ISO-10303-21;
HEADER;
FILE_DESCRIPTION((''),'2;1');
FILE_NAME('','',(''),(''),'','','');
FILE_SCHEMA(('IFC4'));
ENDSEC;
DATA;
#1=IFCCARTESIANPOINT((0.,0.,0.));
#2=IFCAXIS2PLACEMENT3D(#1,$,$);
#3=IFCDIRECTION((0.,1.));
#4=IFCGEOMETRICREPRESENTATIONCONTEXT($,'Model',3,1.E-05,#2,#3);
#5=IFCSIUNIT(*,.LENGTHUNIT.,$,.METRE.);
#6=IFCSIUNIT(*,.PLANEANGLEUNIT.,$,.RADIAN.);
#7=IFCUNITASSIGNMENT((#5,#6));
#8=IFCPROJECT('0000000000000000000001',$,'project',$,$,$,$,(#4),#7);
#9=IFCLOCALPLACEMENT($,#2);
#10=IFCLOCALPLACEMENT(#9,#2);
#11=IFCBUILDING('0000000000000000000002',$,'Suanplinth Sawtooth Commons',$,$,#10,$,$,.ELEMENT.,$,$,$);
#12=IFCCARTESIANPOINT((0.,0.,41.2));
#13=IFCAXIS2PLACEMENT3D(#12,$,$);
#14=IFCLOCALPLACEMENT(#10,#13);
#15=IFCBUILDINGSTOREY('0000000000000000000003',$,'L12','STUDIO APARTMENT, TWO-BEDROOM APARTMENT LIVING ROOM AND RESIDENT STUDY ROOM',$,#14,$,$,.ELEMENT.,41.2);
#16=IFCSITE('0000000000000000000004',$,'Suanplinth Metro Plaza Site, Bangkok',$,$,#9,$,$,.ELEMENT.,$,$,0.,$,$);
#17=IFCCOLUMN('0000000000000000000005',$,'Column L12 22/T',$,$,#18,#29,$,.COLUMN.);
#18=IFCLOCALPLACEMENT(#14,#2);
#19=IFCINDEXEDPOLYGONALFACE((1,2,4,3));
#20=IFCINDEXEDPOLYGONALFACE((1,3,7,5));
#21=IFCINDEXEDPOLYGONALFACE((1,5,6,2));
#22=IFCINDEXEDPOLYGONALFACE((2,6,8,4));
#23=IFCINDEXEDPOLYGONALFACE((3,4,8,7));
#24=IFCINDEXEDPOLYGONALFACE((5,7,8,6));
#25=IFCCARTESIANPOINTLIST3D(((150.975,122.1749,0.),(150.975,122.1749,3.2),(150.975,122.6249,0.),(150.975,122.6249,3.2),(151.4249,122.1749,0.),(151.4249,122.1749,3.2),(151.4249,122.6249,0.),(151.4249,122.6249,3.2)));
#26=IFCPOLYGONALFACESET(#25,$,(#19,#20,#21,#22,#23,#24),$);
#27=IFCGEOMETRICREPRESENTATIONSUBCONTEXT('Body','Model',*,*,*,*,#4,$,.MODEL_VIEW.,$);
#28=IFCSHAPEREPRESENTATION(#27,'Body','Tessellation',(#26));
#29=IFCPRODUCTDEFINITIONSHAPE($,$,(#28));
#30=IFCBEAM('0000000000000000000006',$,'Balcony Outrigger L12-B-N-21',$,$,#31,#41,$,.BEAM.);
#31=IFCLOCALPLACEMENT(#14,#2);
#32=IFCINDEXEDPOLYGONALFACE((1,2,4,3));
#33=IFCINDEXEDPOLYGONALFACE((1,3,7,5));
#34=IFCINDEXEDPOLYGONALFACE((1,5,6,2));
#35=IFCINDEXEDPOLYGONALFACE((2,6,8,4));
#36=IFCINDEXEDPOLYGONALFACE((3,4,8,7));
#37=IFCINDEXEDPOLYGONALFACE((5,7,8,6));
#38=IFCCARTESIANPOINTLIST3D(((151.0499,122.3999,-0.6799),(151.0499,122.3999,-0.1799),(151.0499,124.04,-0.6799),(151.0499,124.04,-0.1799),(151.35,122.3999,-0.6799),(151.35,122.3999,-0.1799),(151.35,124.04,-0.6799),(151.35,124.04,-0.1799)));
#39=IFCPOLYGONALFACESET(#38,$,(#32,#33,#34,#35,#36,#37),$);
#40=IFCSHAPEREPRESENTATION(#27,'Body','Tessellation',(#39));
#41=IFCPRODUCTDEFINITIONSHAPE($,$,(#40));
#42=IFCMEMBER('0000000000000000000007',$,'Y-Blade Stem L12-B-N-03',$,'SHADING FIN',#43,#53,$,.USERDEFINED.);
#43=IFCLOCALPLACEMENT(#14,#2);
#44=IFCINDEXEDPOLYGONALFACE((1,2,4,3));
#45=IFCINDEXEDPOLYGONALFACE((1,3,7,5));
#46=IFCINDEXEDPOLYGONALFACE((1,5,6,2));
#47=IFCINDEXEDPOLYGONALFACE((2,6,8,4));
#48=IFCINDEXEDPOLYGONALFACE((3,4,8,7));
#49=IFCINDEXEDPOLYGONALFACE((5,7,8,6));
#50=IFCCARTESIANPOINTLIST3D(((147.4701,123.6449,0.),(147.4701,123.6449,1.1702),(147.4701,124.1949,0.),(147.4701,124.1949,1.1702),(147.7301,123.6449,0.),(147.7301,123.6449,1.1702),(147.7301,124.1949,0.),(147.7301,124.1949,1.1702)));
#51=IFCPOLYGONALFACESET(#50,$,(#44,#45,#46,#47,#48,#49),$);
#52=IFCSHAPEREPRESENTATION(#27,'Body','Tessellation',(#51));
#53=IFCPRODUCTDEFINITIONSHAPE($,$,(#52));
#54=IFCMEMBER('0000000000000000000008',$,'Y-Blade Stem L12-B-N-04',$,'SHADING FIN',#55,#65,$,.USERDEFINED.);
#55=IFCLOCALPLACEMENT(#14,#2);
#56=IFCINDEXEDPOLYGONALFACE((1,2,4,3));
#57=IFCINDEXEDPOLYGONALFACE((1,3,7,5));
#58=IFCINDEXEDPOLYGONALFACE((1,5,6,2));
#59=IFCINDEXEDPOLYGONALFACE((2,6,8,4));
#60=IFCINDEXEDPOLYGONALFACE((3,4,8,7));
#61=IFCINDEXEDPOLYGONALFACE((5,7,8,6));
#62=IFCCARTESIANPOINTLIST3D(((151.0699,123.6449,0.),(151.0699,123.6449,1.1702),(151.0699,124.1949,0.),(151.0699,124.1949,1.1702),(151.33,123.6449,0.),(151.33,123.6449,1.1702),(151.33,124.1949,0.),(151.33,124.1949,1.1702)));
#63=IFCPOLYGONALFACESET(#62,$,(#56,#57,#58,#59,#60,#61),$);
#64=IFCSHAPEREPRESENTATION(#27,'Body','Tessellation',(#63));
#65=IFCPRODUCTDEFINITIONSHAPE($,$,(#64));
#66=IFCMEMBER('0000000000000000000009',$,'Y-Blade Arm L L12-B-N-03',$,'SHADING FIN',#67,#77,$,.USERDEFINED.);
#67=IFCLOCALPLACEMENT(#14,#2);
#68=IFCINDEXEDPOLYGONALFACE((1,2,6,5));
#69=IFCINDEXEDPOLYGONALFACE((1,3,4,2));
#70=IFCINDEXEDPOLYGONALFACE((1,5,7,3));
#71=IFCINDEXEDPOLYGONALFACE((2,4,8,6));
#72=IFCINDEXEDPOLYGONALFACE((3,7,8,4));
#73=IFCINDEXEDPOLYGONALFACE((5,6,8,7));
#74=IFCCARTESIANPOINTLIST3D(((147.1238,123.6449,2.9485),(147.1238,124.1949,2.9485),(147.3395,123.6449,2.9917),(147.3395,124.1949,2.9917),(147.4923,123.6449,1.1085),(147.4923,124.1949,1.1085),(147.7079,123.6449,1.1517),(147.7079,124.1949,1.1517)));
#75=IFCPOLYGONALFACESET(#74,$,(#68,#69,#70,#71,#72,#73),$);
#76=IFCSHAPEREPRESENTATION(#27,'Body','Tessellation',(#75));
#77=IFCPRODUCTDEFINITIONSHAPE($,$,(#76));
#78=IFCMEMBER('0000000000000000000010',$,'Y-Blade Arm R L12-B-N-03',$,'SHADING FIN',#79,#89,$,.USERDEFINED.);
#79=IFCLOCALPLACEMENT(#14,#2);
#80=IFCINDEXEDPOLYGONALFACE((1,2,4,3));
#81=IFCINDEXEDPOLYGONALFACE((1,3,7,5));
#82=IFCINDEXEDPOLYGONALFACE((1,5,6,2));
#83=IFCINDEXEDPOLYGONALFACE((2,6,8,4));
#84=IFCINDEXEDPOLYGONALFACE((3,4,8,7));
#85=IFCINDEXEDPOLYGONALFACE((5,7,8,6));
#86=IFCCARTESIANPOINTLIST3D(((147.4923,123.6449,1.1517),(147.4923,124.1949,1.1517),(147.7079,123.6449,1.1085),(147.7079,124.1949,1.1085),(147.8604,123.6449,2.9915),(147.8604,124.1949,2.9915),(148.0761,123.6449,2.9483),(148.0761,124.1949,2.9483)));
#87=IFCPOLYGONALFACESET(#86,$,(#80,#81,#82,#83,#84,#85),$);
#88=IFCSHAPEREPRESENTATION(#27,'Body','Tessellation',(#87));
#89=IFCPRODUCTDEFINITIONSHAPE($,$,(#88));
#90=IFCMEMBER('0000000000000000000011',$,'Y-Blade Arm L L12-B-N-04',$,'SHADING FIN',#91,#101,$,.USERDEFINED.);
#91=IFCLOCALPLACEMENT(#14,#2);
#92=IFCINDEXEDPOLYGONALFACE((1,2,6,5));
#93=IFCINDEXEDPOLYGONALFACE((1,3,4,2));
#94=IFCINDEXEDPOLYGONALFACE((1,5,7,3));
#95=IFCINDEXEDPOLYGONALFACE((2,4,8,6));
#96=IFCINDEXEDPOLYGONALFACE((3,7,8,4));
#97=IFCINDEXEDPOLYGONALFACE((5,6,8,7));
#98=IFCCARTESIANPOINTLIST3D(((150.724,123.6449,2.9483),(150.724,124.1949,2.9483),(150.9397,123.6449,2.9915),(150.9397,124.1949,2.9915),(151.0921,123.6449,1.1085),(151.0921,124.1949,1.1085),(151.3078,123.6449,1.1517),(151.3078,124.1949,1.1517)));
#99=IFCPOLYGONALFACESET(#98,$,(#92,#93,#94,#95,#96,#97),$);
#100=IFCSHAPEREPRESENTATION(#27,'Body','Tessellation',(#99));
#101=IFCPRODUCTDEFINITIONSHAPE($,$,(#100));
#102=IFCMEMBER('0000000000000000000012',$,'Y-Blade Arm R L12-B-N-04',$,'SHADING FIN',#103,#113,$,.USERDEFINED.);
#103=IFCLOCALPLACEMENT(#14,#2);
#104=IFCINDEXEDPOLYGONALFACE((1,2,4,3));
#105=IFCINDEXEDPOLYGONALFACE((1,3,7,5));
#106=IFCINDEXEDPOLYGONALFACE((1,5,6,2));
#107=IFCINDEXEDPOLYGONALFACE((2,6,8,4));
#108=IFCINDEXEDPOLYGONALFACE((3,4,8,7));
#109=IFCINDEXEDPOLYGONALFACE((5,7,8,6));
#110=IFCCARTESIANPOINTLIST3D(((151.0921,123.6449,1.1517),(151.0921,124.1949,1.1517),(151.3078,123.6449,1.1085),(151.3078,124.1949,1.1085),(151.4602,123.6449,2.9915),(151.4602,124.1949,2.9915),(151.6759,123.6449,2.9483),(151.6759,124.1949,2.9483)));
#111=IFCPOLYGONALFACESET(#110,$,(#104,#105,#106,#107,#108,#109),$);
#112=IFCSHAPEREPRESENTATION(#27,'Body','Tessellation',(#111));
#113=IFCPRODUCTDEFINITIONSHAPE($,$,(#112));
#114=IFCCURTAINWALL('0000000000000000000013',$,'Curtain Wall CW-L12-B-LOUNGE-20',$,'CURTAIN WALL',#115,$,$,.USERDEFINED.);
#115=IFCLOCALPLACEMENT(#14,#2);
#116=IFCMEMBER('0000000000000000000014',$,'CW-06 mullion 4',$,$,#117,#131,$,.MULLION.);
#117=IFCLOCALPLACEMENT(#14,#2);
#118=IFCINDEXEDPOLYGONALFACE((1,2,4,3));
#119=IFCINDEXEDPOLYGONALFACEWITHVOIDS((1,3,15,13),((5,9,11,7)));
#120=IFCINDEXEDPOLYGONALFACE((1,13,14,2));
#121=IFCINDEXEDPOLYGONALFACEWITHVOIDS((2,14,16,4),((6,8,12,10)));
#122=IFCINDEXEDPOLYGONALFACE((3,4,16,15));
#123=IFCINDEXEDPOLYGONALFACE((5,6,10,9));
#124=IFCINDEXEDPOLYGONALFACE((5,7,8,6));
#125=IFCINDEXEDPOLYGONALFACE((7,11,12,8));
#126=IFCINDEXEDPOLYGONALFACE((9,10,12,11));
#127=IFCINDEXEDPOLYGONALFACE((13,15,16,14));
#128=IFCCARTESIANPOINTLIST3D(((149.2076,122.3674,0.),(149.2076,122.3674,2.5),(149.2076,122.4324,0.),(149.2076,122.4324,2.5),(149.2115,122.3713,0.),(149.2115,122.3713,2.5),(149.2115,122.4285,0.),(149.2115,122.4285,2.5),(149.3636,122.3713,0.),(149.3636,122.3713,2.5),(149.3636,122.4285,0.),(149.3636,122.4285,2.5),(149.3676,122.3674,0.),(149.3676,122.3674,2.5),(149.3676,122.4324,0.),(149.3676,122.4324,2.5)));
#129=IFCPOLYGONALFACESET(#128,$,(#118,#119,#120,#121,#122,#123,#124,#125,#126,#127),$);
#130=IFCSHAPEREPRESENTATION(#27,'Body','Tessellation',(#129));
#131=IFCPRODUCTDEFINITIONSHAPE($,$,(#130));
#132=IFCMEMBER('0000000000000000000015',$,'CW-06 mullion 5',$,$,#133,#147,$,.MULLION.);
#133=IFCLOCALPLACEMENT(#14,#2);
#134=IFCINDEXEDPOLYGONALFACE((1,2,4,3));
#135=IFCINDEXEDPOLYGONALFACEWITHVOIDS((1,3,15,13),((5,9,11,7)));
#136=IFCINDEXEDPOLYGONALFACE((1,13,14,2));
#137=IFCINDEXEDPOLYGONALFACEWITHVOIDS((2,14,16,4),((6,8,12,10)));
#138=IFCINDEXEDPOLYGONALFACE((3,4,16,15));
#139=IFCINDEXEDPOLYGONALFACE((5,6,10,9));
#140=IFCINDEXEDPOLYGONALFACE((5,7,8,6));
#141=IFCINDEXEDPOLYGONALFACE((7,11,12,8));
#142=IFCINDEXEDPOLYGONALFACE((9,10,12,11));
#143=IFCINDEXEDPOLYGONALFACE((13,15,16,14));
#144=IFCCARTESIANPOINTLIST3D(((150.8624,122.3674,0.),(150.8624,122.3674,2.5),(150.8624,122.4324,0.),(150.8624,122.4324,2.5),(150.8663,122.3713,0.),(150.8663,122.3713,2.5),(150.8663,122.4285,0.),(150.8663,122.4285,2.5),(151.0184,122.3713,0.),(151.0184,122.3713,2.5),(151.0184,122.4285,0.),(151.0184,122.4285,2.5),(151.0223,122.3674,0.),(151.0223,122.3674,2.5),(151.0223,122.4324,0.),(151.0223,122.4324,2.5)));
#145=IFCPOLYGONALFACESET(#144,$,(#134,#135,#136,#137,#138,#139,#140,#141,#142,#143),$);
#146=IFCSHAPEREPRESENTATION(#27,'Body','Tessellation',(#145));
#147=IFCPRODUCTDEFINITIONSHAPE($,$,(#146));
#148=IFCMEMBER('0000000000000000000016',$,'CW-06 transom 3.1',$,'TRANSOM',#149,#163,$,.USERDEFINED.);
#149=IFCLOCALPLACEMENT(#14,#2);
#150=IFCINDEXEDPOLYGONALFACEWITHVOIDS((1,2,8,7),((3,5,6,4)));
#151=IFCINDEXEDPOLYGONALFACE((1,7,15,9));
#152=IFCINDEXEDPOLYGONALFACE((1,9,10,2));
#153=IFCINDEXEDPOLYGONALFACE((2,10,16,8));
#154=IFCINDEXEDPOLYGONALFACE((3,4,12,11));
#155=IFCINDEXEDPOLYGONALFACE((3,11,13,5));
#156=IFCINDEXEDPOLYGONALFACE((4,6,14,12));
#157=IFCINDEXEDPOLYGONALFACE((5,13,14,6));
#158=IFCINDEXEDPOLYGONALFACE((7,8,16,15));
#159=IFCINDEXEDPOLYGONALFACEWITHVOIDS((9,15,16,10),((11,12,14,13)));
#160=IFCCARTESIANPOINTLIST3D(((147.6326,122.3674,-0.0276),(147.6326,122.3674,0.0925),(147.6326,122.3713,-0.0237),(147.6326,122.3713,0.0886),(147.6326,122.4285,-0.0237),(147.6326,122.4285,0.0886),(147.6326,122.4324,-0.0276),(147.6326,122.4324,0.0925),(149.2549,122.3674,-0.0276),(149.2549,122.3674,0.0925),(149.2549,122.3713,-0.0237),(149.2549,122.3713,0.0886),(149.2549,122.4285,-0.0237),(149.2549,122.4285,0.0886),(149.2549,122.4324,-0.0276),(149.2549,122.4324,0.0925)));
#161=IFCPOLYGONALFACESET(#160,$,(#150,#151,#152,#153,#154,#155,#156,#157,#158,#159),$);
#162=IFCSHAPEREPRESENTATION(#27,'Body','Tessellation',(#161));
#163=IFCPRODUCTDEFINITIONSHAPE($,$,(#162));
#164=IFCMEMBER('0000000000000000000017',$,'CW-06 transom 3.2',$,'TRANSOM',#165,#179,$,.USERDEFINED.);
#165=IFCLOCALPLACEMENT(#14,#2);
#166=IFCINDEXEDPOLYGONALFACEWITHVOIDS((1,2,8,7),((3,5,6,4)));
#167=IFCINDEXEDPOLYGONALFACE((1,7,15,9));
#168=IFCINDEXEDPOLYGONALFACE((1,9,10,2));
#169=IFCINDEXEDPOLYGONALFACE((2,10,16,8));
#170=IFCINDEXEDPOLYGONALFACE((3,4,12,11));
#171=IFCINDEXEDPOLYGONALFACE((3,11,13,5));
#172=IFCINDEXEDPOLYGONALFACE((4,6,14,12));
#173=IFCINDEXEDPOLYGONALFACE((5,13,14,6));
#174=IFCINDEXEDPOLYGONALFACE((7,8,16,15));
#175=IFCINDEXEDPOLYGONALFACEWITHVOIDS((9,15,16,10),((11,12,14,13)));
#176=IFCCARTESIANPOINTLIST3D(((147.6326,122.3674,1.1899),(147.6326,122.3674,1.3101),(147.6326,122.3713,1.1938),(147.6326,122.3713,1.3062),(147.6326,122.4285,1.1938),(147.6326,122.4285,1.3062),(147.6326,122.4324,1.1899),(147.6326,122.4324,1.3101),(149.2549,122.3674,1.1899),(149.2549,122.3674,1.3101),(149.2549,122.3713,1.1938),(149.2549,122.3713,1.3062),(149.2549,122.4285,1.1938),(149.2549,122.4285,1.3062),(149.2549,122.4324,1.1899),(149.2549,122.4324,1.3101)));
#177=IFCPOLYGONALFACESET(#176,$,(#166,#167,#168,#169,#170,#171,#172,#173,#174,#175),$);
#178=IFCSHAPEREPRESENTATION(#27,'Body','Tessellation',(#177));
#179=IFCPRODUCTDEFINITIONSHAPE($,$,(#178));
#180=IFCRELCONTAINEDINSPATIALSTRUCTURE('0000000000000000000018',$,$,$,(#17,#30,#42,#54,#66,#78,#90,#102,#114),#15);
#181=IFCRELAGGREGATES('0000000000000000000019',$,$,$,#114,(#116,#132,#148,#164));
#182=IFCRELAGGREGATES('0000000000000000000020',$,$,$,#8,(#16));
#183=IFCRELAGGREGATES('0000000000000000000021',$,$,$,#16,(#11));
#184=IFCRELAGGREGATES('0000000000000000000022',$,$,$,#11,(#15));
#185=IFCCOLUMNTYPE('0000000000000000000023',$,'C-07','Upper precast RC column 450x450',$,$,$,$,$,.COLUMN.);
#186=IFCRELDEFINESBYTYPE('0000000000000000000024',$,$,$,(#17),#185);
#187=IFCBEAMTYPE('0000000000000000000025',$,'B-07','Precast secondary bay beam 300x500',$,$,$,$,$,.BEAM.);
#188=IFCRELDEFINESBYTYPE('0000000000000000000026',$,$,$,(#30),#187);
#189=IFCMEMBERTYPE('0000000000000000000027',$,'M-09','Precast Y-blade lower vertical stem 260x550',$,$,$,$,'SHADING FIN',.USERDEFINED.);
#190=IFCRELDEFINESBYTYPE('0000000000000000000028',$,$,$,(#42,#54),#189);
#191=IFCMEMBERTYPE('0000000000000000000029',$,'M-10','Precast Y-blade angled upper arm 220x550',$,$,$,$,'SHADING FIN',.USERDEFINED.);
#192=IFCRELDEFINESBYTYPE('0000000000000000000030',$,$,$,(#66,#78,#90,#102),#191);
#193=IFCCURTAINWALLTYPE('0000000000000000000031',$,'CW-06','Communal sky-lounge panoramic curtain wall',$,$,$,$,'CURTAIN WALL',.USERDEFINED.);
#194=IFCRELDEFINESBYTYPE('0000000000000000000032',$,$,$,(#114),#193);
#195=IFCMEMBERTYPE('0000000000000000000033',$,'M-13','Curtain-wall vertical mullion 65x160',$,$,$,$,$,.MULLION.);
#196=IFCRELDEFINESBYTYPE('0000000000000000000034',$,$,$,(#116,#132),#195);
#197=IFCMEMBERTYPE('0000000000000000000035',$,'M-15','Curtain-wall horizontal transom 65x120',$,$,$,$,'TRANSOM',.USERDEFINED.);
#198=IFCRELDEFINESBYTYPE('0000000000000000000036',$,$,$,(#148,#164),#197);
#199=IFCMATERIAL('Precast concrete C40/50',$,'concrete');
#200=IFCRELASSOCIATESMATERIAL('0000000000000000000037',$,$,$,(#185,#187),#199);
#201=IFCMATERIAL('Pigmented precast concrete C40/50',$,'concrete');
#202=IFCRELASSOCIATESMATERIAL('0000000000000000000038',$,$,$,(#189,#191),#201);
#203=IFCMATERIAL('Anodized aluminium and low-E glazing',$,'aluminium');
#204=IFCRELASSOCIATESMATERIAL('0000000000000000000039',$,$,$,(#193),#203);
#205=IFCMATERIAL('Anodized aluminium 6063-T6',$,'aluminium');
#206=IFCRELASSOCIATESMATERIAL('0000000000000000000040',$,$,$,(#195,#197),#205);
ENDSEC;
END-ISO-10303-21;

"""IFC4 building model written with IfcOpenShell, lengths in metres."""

from ifc_helpers import new_model, si_unit, direction, frame, origin, origin_2d, place, context, subcontext, project, spatial, rectangle, hollow_rectangle, extrude, material, material_profile, profile_set, type_object, element, aggregate, save


model = new_model("IFC4")

# Units and contexts
model_context = context("Model", 3, precision=1e-05, world=origin(), true_north=direction((0.0, 1.0)))
body_context = subcontext(model_context, "Body", "Model", "MODEL_VIEW")
ifc_project = project(units=[si_unit("LENGTHUNIT", "METRE"), si_unit("PLANEANGLEUNIT", "RADIAN")], contexts=[model_context])

# Site, building, storey
site_placement = place(None, origin())
site = spatial("IfcSite", under=ifc_project, at=site_placement, Name="Suanplinth Metro Plaza Site, Bangkok", CompositionType="ELEMENT", RefElevation=0.0)
building_placement = place(site_placement, origin())
building = spatial("IfcBuilding", under=site, at=building_placement, Name="Suanplinth Sawtooth Commons", CompositionType="ELEMENT")
storey_placement = place(building_placement, frame((0.0, 0.0, 41.2)))
storey = spatial("IfcBuildingStorey", under=building, at=storey_placement, Name="L12", Description="STUDIO APARTMENT, TWO-BEDROOM APARTMENT LIVING ROOM AND RESIDENT STUDY ROOM", CompositionType="ELEMENT", Elevation=41.2)

# Column
ifc_material_1 = material(Name="Precast concrete C40/50", Category="concrete")
ifc_material_profile_1 = material_profile(ifc_material_1, rectangle(XDim=0.45, YDim=0.45, at=origin_2d()), Name="PC-COL 450x450")
ifc_profile_set_1 = profile_set([ifc_material_profile_1], Name="Precast concrete C40/50")
column_type = type_object("IfcColumnType", Name="C-07", Description="Upper precast RC column 450x450", PredefinedType="COLUMN", material=ifc_profile_set_1)
column_placement = place(storey_placement, frame((151.2, 122.3999, 0.0), z_axis=(0.0, 0.0, 1.0), x_axis=(1.0, 0.0, 0.0)))
element("IfcColumn", 1, at=column_placement, inside=storey, type_object=column_type, Name="Column L12 22/T", PredefinedType="COLUMN", context=body_context, shape_type="SweptSolid", body=[
    extrude(rectangle(XDim=0.45, YDim=0.45, at=origin_2d()), origin(), (0.0, 0.0, 1.0), 3.2),
])

# Beam
ifc_material_profile_2 = material_profile(ifc_material_1, rectangle(XDim=0.3, YDim=0.5, at=origin_2d()), Name="PC-BM 300x500")
ifc_profile_set_2 = profile_set([ifc_material_profile_2], Name="Precast concrete C40/50")
beam_type = type_object("IfcBeamType", Name="B-07", Description="Precast secondary bay beam 300x500", PredefinedType="BEAM", material=ifc_profile_set_2)
beam_placement = place(storey_placement, frame((151.2, 122.3999, -0.4299), z_axis=(0.0, 1.0, 0.0), x_axis=(-1.0, 0.0, 0.0)))
element("IfcBeam", 2, at=beam_placement, inside=storey, type_object=beam_type, Name="Balcony Outrigger L12-B-N-21", PredefinedType="BEAM", context=body_context, shape_type="SweptSolid", body=[
    extrude(rectangle(XDim=0.3, YDim=0.5, at=origin_2d()), origin(), (0.0, 0.0, 1.0), 1.6401),
])

# Members
ifc_material_2 = material(Name="Pigmented precast concrete C40/50", Category="concrete")
ifc_material_profile_3 = material_profile(ifc_material_2, rectangle(XDim=0.26, YDim=0.55, at=origin_2d()), Name="PC-FIN 260x550")
ifc_profile_set_3 = profile_set([ifc_material_profile_3], Name="Pigmented precast concrete C40/50")
member_type_1 = type_object("IfcMemberType", Name="M-09", Description="Precast Y-blade lower vertical stem 260x550", ElementType="SHADING FIN", PredefinedType="USERDEFINED", material=ifc_profile_set_3)
for number, where, z_axis, x_axis, name in (
    (3, (147.6001, 123.9199, 0.0), (0.0, 0.0, 1.0), (1.0, 0.0, 0.0), "Y-Blade Stem L12-B-N-03"),
    (4, (151.2, 123.9199, 0.0), (0.0, 0.0, 1.0), (1.0, 0.0, 0.0), "Y-Blade Stem L12-B-N-04"),
):
    element("IfcMember", number, at=place(storey_placement, frame(where, z_axis=z_axis, x_axis=x_axis)), inside=storey, type_object=member_type_1, Name=name, ObjectType="SHADING FIN", PredefinedType="USERDEFINED", context=body_context, shape_type="SweptSolid", body=[
        extrude(rectangle(XDim=0.26, YDim=0.55, at=origin_2d()), origin(), (0.0, 0.0, 1.0), 1.1702),
    ])
ifc_material_profile_4 = material_profile(ifc_material_2, rectangle(XDim=0.22, YDim=0.55, at=origin_2d()), Name="PC-FIN 220x550")
ifc_profile_set_4 = profile_set([ifc_material_profile_4], Name="Pigmented precast concrete C40/50")
member_type_2 = type_object("IfcMemberType", Name="M-10", Description="Precast Y-blade angled upper arm 220x550", ElementType="SHADING FIN", PredefinedType="USERDEFINED", material=ifc_profile_set_4)
member_1_placement = place(storey_placement, frame((147.6001, 123.9199, 1.1301), z_axis=(-0.196341, 0.0, 0.980536), x_axis=(0.980536, 0.0, 0.196341)))
element("IfcMember", 5, at=member_1_placement, inside=storey, type_object=member_type_2, Name="Y-Blade Arm L L12-B-N-03", ObjectType="SHADING FIN", PredefinedType="USERDEFINED", context=body_context, shape_type="SweptSolid", body=[
    extrude(rectangle(XDim=0.22, YDim=0.55, at=origin_2d()), origin(), (0.0, 0.0, 1.0), 1.8765),
])
for number, where, z_axis, x_axis, name in (
    (6, (147.6001, 123.9199, 1.1301), (0.196216, 0.0, 0.980561), (-0.980561, 0.0, 0.196216), "Y-Blade Arm R L12-B-N-03"),
    (7, (151.2, 123.9199, 1.1301), (-0.196216, 0.0, 0.980561), (0.980561, 0.0, 0.196216), "Y-Blade Arm L L12-B-N-04"),
    (8, (151.2, 123.9199, 1.1301), (0.196216, 0.0, 0.980561), (-0.980561, 0.0, 0.196216), "Y-Blade Arm R L12-B-N-04"),
):
    element("IfcMember", number, at=place(storey_placement, frame(where, z_axis=z_axis, x_axis=x_axis)), inside=storey, type_object=member_type_2, Name=name, ObjectType="SHADING FIN", PredefinedType="USERDEFINED", context=body_context, shape_type="SweptSolid", body=[
        extrude(rectangle(XDim=0.22, YDim=0.55, at=origin_2d()), origin(), (0.0, 0.0, 1.0), 1.8762),
    ])

# Curtain wall, members
ifc_material_3 = material(Name="Anodized aluminium and low-E glazing", Category="aluminium")
curtain_wall_type = type_object("IfcCurtainWallType", Name="CW-06", Description="Communal sky-lounge panoramic curtain wall", ElementType="CURTAIN WALL", PredefinedType="USERDEFINED", material=ifc_material_3)
curtain_wall_placement = place(storey_placement, origin())
curtain_wall = element("IfcCurtainWall", 9, at=curtain_wall_placement, inside=storey, type_object=curtain_wall_type, Name="Curtain Wall CW-L12-B-LOUNGE-20", ObjectType="CURTAIN WALL", PredefinedType="USERDEFINED")
ifc_material_4 = material(Name="Anodized aluminium 6063-T6", Category="aluminium")
ifc_material_profile_5 = material_profile(ifc_material_4, hollow_rectangle(XDim=0.0649, YDim=0.1599, WallThickness=0.0039, at=origin_2d()), Name="ALU-MUL 65x160")
ifc_profile_set_5 = profile_set([ifc_material_profile_5], Name="Anodized aluminium 6063-T6")
member_type_3 = type_object("IfcMemberType", Name="M-13", Description="Curtain-wall vertical mullion 65x160", PredefinedType="MULLION", material=ifc_profile_set_5)
member_2_placement = place(storey_placement, frame((149.2876, 122.3999, 0.0), z_axis=(0.0, 0.0, 1.0), x_axis=(0.0, 1.0, 0.0)))
member_2 = element("IfcMember", 10, at=member_2_placement, type_object=member_type_3, Name="CW-06 mullion 4", PredefinedType="MULLION", context=body_context, shape_type="SweptSolid", body=[
    extrude(hollow_rectangle(XDim=0.0649, YDim=0.1599, WallThickness=0.0039, at=origin_2d()), origin(), (0.0, 0.0, 1.0), 2.5),
])
member_3_placement = place(storey_placement, frame((150.9424, 122.3999, 0.0), z_axis=(0.0, 0.0, 1.0), x_axis=(0.0, 1.0, 0.0)))
member_3 = element("IfcMember", 11, at=member_3_placement, type_object=member_type_3, Name="CW-06 mullion 5", PredefinedType="MULLION", context=body_context, shape_type="SweptSolid", body=[
    extrude(hollow_rectangle(XDim=0.0649, YDim=0.1599, WallThickness=0.0039, at=origin_2d()), origin(), (0.0, 0.0, 1.0), 2.5),
])
ifc_material_profile_6 = material_profile(ifc_material_4, hollow_rectangle(XDim=0.0649, YDim=0.1201, WallThickness=0.0039, at=origin_2d()), Name="ALU-TRN 65x120")
ifc_profile_set_6 = profile_set([ifc_material_profile_6], Name="Anodized aluminium 6063-T6")
member_type_4 = type_object("IfcMemberType", Name="M-15", Description="Curtain-wall horizontal transom 65x120", ElementType="TRANSOM", PredefinedType="USERDEFINED", material=ifc_profile_set_6)
member_4_placement = place(storey_placement, frame((147.6326, 122.3999, 0.0325), z_axis=(1.0, 0.0, 0.0), x_axis=(0.0, 1.0, 0.0)))
member_4 = element("IfcMember", 12, at=member_4_placement, type_object=member_type_4, Name="CW-06 transom 3.1", ObjectType="TRANSOM", PredefinedType="USERDEFINED", context=body_context, shape_type="SweptSolid", body=[
    extrude(hollow_rectangle(XDim=0.0649, YDim=0.1201, WallThickness=0.0039, at=origin_2d()), origin(), (0.0, 0.0, 1.0), 1.6223),
])
member_5_placement = place(storey_placement, frame((147.6326, 122.3999, 1.25), z_axis=(1.0, 0.0, 0.0), x_axis=(0.0, 1.0, 0.0)))
member_5 = element("IfcMember", 13, at=member_5_placement, type_object=member_type_4, Name="CW-06 transom 3.2", ObjectType="TRANSOM", PredefinedType="USERDEFINED", context=body_context, shape_type="SweptSolid", body=[
    extrude(hollow_rectangle(XDim=0.0649, YDim=0.1201, WallThickness=0.0039, at=origin_2d()), origin(), (0.0, 0.0, 1.0), 1.6223),
])

aggregate(curtain_wall, [member_2, member_3, member_4, member_5])

save(model, "model.ifc")
